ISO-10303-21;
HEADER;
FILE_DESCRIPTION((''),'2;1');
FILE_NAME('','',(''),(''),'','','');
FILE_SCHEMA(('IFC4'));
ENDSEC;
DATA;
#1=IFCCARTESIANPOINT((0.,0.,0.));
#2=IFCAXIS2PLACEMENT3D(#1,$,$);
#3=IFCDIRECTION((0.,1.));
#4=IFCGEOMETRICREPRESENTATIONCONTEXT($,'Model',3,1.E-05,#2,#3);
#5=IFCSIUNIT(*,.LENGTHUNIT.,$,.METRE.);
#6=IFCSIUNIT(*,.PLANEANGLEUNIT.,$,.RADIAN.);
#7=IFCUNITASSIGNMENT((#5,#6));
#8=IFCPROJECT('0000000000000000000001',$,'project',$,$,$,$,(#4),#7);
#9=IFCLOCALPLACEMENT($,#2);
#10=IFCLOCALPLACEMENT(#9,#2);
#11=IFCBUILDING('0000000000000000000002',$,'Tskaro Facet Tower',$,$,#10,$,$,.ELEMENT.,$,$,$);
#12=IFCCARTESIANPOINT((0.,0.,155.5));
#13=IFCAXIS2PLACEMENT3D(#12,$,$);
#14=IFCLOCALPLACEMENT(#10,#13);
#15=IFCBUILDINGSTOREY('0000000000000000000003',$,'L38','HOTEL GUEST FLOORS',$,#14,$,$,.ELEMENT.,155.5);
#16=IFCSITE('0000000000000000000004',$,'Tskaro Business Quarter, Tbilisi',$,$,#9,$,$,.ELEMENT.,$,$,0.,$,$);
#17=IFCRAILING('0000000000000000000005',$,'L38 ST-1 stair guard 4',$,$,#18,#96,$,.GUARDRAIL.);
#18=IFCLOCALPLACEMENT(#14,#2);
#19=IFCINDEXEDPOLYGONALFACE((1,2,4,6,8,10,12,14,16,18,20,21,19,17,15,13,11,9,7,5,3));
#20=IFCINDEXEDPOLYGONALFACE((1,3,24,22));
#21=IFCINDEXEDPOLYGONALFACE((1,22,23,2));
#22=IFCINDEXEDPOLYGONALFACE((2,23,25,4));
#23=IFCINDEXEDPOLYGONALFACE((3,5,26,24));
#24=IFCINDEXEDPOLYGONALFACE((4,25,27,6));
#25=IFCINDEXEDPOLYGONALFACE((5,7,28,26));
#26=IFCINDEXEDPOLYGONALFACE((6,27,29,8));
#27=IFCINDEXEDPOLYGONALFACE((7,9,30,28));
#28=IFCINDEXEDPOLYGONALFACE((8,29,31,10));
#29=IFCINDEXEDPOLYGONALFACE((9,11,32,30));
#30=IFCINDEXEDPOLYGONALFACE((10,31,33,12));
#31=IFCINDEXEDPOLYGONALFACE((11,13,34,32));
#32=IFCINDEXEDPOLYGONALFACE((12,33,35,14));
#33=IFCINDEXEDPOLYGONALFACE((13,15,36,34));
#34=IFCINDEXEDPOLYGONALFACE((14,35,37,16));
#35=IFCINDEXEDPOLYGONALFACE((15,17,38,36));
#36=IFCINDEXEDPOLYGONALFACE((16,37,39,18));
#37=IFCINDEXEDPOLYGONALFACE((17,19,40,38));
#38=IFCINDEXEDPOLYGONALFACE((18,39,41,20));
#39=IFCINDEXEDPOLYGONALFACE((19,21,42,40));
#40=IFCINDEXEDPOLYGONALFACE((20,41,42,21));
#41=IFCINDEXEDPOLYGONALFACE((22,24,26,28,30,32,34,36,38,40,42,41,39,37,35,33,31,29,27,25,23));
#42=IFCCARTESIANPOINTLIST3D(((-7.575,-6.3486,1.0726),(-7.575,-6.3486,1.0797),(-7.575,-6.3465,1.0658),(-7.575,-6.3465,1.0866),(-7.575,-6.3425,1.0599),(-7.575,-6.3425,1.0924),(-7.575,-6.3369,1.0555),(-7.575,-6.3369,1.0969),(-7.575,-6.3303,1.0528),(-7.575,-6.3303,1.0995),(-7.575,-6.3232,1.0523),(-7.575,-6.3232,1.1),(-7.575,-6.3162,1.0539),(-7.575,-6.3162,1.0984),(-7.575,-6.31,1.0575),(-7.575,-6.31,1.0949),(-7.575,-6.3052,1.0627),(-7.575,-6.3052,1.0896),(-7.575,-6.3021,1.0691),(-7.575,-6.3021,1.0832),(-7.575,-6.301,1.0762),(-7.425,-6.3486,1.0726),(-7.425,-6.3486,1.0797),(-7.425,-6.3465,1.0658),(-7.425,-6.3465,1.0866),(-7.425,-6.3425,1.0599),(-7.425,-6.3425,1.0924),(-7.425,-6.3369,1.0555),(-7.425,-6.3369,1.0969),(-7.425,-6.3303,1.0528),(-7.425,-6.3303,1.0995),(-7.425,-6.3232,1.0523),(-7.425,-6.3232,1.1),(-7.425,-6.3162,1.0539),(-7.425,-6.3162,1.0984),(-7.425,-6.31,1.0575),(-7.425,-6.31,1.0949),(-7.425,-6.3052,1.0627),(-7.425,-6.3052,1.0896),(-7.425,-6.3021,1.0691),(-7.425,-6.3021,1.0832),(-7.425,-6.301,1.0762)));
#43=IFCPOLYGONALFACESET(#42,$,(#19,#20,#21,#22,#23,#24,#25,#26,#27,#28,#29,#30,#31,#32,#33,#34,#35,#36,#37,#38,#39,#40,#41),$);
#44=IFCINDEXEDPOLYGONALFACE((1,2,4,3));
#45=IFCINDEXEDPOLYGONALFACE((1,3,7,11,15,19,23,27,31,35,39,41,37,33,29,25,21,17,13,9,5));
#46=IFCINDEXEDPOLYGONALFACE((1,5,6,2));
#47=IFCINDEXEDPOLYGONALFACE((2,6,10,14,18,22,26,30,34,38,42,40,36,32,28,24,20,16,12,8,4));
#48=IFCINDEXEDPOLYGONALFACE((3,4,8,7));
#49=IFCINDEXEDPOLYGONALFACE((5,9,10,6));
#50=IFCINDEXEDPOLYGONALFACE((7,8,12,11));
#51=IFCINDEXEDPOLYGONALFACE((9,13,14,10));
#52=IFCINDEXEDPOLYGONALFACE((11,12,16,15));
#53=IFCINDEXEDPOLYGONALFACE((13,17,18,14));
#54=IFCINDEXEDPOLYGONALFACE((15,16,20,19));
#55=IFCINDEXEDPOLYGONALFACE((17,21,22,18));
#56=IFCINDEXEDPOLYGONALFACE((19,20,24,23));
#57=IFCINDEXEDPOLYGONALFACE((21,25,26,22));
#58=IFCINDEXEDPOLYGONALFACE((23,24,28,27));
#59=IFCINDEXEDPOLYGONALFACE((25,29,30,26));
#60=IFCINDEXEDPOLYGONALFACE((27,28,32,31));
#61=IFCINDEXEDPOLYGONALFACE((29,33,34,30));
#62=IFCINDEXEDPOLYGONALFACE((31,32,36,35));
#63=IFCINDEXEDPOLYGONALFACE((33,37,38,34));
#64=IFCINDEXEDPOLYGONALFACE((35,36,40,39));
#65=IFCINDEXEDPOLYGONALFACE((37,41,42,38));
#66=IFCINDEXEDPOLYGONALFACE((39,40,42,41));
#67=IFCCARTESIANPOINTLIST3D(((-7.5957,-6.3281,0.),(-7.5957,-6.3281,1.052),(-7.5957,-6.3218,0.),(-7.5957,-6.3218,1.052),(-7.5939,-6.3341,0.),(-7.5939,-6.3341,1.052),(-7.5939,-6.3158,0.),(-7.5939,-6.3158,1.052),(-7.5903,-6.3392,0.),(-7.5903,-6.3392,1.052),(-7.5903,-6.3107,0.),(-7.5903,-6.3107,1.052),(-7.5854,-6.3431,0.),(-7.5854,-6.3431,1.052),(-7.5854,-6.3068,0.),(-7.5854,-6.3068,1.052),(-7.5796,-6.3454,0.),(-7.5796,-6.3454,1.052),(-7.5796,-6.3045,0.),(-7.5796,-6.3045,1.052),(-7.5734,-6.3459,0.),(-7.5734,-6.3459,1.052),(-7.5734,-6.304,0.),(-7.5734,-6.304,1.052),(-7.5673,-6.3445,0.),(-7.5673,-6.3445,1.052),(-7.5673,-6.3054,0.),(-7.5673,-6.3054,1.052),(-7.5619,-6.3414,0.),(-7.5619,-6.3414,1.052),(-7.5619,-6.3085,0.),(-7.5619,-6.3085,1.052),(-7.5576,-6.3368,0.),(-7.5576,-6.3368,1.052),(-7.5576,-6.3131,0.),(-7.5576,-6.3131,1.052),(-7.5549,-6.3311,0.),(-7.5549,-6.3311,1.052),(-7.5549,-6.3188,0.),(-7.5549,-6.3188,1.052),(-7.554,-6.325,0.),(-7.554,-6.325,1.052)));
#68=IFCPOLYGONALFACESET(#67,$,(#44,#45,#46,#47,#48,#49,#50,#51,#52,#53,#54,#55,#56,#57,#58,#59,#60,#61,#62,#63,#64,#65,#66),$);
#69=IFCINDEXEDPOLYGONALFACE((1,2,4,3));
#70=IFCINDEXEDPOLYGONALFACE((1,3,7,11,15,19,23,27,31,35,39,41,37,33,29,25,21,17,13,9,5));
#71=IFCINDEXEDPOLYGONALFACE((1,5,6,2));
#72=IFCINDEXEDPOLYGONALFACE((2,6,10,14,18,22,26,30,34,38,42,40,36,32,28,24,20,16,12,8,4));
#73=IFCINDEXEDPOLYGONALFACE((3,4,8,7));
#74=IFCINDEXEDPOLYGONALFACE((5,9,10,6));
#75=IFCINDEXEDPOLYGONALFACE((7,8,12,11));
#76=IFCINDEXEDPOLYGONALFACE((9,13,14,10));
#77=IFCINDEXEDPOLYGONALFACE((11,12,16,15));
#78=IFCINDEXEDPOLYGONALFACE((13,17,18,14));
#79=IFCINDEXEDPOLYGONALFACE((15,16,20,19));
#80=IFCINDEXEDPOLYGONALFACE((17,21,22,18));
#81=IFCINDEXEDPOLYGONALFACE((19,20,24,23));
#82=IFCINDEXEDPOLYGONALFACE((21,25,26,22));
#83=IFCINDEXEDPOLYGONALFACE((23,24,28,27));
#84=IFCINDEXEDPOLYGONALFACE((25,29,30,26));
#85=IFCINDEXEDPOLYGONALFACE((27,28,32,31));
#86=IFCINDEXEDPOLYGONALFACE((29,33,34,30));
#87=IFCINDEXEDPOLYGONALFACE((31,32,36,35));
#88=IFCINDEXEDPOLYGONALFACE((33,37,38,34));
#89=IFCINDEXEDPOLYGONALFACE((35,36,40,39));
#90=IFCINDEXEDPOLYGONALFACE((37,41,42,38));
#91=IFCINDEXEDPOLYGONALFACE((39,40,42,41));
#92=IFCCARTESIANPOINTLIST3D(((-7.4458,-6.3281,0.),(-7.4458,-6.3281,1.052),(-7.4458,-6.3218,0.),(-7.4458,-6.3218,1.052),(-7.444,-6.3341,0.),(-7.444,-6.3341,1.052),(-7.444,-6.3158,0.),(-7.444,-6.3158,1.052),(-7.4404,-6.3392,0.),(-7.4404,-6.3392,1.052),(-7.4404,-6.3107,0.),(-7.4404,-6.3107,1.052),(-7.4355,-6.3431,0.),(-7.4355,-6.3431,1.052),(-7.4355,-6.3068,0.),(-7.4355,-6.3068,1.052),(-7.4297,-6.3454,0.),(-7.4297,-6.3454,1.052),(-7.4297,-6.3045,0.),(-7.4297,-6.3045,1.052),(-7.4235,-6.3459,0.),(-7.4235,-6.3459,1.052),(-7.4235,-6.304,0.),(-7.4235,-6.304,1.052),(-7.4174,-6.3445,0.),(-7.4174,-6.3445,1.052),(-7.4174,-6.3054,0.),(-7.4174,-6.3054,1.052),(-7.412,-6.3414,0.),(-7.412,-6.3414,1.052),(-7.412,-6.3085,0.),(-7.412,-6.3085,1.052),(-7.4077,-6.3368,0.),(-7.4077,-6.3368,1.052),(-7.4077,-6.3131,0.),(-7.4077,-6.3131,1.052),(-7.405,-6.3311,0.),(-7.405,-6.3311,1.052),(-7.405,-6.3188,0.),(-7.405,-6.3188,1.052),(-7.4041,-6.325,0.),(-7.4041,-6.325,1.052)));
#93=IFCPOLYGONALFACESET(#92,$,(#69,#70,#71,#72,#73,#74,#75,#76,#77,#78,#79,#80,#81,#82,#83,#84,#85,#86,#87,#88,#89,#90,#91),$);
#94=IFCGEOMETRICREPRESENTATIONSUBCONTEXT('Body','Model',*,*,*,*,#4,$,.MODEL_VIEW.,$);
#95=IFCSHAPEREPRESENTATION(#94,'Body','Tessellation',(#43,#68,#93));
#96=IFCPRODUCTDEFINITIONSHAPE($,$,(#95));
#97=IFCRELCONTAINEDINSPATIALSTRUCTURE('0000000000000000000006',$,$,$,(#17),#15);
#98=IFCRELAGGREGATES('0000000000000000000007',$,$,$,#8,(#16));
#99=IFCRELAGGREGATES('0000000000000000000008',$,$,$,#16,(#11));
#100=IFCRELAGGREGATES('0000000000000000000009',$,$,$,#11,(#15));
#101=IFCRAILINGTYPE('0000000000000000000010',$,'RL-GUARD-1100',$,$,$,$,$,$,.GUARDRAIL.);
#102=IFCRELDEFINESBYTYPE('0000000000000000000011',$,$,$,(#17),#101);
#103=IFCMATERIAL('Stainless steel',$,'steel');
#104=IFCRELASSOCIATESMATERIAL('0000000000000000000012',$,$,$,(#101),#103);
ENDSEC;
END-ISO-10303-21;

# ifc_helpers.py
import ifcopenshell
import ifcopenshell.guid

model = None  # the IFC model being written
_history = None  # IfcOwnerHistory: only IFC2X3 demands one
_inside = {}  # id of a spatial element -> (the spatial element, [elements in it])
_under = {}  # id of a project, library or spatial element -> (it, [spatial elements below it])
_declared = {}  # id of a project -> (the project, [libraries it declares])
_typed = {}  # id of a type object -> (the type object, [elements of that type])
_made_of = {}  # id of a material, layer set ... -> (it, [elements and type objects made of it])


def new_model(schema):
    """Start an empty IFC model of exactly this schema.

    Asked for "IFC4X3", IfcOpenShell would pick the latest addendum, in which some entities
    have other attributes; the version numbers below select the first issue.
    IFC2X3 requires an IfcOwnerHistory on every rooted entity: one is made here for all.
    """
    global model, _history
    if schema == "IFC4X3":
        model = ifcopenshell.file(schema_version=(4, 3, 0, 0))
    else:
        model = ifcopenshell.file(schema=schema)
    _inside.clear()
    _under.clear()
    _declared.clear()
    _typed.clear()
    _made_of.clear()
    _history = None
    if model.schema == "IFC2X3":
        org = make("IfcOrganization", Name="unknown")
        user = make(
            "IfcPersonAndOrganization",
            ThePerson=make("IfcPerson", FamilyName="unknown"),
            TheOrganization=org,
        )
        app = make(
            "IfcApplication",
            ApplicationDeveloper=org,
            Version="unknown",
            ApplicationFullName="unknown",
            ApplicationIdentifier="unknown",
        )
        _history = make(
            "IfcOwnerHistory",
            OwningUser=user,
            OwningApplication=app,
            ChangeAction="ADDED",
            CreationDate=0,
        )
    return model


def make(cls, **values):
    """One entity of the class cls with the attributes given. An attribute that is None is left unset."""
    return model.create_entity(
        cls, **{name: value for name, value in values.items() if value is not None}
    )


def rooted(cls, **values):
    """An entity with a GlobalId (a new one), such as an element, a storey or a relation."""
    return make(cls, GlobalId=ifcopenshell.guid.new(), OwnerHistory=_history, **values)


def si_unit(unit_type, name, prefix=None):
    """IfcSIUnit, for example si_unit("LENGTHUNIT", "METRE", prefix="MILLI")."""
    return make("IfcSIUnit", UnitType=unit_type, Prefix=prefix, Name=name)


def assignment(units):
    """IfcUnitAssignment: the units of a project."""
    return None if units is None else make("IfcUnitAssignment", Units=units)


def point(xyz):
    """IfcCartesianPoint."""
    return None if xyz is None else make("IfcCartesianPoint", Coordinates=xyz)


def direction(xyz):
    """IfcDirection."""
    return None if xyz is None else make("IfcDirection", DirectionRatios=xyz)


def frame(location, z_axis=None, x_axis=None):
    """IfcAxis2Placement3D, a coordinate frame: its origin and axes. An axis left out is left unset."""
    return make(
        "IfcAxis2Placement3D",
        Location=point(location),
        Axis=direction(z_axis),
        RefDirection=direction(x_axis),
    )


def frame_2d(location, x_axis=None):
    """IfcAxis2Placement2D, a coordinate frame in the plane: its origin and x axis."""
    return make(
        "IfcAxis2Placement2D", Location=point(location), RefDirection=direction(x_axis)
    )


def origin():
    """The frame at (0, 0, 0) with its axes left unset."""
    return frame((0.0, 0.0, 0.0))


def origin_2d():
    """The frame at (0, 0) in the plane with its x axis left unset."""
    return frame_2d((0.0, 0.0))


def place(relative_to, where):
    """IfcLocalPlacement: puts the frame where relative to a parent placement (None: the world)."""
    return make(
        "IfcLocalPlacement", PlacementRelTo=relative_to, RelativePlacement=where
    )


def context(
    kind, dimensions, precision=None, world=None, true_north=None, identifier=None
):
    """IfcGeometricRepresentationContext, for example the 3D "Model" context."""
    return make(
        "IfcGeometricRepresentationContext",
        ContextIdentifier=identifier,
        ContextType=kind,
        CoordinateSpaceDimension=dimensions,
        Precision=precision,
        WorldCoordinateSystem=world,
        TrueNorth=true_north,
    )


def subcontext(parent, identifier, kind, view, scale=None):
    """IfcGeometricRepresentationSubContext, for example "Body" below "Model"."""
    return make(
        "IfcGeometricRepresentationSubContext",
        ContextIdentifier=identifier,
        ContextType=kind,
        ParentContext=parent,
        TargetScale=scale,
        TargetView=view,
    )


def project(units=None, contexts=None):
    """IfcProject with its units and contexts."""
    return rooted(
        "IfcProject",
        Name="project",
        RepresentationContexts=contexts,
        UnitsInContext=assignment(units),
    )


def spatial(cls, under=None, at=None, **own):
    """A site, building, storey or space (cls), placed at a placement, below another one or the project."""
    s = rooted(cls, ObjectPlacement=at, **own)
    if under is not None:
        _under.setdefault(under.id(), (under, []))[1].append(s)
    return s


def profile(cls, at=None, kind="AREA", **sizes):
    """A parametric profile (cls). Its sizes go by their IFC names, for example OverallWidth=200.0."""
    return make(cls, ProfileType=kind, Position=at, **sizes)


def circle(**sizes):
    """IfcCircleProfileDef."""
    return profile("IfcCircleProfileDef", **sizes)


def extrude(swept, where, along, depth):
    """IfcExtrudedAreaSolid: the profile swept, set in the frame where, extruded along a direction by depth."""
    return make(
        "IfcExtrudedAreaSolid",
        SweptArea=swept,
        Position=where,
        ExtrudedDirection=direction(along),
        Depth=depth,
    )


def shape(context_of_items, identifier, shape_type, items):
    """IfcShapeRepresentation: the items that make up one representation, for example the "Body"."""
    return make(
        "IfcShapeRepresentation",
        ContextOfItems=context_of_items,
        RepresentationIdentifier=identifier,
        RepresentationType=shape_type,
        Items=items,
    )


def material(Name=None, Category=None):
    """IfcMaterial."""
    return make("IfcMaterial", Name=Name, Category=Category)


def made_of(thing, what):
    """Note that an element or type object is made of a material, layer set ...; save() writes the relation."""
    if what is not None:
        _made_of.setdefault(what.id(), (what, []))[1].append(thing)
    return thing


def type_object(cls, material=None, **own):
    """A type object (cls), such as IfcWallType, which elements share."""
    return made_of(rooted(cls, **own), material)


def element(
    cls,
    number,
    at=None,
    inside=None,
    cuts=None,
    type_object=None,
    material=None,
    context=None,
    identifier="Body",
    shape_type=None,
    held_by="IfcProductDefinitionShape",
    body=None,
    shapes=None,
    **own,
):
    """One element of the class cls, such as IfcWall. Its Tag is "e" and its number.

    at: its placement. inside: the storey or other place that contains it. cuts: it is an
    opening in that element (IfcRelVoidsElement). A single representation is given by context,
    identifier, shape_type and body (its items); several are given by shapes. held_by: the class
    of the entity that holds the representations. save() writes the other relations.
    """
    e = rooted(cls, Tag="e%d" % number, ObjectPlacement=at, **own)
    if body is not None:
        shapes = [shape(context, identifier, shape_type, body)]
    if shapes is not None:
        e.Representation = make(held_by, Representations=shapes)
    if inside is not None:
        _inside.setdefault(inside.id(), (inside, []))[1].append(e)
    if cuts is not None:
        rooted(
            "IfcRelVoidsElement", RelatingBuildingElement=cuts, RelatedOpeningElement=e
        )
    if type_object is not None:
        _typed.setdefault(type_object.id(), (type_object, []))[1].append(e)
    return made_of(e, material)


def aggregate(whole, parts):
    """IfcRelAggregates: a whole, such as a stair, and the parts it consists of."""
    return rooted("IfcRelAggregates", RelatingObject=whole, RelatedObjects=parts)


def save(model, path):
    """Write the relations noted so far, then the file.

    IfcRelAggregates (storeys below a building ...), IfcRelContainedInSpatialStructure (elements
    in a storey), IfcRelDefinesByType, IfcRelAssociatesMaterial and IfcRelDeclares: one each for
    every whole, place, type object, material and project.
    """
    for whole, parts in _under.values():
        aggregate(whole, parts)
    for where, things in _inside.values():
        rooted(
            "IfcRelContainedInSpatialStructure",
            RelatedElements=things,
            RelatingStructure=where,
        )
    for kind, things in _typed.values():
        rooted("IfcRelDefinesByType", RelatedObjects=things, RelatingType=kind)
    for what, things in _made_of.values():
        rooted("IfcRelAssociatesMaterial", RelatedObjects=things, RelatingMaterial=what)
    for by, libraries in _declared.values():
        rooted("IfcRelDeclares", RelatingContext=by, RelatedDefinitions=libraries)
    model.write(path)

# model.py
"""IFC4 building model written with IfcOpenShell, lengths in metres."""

from ifc_helpers import new_model, si_unit, direction, frame, origin, origin_2d, place, context, subcontext, project, spatial, circle, extrude, material, type_object, element, save


model = new_model("IFC4")

# Units and contexts
model_context = context("Model", 3, precision=1e-05, world=origin(), true_north=direction((0.0, 1.0)))
body_context = subcontext(model_context, "Body", "Model", "MODEL_VIEW")
ifc_project = project(units=[si_unit("LENGTHUNIT", "METRE"), si_unit("PLANEANGLEUNIT", "RADIAN")], contexts=[model_context])

# Site, building, storey
site_placement = place(None, origin())
site = spatial("IfcSite", under=ifc_project, at=site_placement, Name="Tskaro Business Quarter, Tbilisi", CompositionType="ELEMENT", RefElevation=0.0)
building_placement = place(site_placement, origin())
building = spatial("IfcBuilding", under=site, at=building_placement, Name="Tskaro Facet Tower", CompositionType="ELEMENT")
storey_placement = place(building_placement, frame((0.0, 0.0, 155.5)))
storey = spatial("IfcBuildingStorey", under=building, at=storey_placement, Name="L38", Description="HOTEL GUEST FLOORS", CompositionType="ELEMENT", Elevation=155.5)

# Shared definitions
ifc_material_1 = material(Name="Stainless steel", Category="steel")

# Railing
railing_type_1 = type_object("IfcRailingType", Name="RL-GUARD-1100", PredefinedType="GUARDRAIL", material=ifc_material_1)
railing_1_placement = place(storey_placement, frame((-7.575, -6.325, 0.0)))
element("IfcRailing", 1, at=railing_1_placement, inside=storey, type_object=railing_type_1, Name="L38 ST-1 stair guard 4", PredefinedType="GUARDRAIL", context=body_context, shape_type="SweptSolid", body=[
    extrude(circle(Radius=0.0239, at=origin_2d()), frame((0.0, 0.0, 1.0762), z_axis=(1.0, 0.0, 0.0), x_axis=(0.0, 1.0, 0.0)), (0.0, 0.0, 1.0), 0.1499),
    extrude(circle(Radius=0.021, at=origin_2d()), origin(), (0.0, 0.0, 1.0), 1.052),
    extrude(circle(Radius=0.021, at=origin_2d()), frame((0.1499, 0.0, 0.0)), (0.0, 0.0, 1.0), 1.052),
])

save(model, "model.ifc")
